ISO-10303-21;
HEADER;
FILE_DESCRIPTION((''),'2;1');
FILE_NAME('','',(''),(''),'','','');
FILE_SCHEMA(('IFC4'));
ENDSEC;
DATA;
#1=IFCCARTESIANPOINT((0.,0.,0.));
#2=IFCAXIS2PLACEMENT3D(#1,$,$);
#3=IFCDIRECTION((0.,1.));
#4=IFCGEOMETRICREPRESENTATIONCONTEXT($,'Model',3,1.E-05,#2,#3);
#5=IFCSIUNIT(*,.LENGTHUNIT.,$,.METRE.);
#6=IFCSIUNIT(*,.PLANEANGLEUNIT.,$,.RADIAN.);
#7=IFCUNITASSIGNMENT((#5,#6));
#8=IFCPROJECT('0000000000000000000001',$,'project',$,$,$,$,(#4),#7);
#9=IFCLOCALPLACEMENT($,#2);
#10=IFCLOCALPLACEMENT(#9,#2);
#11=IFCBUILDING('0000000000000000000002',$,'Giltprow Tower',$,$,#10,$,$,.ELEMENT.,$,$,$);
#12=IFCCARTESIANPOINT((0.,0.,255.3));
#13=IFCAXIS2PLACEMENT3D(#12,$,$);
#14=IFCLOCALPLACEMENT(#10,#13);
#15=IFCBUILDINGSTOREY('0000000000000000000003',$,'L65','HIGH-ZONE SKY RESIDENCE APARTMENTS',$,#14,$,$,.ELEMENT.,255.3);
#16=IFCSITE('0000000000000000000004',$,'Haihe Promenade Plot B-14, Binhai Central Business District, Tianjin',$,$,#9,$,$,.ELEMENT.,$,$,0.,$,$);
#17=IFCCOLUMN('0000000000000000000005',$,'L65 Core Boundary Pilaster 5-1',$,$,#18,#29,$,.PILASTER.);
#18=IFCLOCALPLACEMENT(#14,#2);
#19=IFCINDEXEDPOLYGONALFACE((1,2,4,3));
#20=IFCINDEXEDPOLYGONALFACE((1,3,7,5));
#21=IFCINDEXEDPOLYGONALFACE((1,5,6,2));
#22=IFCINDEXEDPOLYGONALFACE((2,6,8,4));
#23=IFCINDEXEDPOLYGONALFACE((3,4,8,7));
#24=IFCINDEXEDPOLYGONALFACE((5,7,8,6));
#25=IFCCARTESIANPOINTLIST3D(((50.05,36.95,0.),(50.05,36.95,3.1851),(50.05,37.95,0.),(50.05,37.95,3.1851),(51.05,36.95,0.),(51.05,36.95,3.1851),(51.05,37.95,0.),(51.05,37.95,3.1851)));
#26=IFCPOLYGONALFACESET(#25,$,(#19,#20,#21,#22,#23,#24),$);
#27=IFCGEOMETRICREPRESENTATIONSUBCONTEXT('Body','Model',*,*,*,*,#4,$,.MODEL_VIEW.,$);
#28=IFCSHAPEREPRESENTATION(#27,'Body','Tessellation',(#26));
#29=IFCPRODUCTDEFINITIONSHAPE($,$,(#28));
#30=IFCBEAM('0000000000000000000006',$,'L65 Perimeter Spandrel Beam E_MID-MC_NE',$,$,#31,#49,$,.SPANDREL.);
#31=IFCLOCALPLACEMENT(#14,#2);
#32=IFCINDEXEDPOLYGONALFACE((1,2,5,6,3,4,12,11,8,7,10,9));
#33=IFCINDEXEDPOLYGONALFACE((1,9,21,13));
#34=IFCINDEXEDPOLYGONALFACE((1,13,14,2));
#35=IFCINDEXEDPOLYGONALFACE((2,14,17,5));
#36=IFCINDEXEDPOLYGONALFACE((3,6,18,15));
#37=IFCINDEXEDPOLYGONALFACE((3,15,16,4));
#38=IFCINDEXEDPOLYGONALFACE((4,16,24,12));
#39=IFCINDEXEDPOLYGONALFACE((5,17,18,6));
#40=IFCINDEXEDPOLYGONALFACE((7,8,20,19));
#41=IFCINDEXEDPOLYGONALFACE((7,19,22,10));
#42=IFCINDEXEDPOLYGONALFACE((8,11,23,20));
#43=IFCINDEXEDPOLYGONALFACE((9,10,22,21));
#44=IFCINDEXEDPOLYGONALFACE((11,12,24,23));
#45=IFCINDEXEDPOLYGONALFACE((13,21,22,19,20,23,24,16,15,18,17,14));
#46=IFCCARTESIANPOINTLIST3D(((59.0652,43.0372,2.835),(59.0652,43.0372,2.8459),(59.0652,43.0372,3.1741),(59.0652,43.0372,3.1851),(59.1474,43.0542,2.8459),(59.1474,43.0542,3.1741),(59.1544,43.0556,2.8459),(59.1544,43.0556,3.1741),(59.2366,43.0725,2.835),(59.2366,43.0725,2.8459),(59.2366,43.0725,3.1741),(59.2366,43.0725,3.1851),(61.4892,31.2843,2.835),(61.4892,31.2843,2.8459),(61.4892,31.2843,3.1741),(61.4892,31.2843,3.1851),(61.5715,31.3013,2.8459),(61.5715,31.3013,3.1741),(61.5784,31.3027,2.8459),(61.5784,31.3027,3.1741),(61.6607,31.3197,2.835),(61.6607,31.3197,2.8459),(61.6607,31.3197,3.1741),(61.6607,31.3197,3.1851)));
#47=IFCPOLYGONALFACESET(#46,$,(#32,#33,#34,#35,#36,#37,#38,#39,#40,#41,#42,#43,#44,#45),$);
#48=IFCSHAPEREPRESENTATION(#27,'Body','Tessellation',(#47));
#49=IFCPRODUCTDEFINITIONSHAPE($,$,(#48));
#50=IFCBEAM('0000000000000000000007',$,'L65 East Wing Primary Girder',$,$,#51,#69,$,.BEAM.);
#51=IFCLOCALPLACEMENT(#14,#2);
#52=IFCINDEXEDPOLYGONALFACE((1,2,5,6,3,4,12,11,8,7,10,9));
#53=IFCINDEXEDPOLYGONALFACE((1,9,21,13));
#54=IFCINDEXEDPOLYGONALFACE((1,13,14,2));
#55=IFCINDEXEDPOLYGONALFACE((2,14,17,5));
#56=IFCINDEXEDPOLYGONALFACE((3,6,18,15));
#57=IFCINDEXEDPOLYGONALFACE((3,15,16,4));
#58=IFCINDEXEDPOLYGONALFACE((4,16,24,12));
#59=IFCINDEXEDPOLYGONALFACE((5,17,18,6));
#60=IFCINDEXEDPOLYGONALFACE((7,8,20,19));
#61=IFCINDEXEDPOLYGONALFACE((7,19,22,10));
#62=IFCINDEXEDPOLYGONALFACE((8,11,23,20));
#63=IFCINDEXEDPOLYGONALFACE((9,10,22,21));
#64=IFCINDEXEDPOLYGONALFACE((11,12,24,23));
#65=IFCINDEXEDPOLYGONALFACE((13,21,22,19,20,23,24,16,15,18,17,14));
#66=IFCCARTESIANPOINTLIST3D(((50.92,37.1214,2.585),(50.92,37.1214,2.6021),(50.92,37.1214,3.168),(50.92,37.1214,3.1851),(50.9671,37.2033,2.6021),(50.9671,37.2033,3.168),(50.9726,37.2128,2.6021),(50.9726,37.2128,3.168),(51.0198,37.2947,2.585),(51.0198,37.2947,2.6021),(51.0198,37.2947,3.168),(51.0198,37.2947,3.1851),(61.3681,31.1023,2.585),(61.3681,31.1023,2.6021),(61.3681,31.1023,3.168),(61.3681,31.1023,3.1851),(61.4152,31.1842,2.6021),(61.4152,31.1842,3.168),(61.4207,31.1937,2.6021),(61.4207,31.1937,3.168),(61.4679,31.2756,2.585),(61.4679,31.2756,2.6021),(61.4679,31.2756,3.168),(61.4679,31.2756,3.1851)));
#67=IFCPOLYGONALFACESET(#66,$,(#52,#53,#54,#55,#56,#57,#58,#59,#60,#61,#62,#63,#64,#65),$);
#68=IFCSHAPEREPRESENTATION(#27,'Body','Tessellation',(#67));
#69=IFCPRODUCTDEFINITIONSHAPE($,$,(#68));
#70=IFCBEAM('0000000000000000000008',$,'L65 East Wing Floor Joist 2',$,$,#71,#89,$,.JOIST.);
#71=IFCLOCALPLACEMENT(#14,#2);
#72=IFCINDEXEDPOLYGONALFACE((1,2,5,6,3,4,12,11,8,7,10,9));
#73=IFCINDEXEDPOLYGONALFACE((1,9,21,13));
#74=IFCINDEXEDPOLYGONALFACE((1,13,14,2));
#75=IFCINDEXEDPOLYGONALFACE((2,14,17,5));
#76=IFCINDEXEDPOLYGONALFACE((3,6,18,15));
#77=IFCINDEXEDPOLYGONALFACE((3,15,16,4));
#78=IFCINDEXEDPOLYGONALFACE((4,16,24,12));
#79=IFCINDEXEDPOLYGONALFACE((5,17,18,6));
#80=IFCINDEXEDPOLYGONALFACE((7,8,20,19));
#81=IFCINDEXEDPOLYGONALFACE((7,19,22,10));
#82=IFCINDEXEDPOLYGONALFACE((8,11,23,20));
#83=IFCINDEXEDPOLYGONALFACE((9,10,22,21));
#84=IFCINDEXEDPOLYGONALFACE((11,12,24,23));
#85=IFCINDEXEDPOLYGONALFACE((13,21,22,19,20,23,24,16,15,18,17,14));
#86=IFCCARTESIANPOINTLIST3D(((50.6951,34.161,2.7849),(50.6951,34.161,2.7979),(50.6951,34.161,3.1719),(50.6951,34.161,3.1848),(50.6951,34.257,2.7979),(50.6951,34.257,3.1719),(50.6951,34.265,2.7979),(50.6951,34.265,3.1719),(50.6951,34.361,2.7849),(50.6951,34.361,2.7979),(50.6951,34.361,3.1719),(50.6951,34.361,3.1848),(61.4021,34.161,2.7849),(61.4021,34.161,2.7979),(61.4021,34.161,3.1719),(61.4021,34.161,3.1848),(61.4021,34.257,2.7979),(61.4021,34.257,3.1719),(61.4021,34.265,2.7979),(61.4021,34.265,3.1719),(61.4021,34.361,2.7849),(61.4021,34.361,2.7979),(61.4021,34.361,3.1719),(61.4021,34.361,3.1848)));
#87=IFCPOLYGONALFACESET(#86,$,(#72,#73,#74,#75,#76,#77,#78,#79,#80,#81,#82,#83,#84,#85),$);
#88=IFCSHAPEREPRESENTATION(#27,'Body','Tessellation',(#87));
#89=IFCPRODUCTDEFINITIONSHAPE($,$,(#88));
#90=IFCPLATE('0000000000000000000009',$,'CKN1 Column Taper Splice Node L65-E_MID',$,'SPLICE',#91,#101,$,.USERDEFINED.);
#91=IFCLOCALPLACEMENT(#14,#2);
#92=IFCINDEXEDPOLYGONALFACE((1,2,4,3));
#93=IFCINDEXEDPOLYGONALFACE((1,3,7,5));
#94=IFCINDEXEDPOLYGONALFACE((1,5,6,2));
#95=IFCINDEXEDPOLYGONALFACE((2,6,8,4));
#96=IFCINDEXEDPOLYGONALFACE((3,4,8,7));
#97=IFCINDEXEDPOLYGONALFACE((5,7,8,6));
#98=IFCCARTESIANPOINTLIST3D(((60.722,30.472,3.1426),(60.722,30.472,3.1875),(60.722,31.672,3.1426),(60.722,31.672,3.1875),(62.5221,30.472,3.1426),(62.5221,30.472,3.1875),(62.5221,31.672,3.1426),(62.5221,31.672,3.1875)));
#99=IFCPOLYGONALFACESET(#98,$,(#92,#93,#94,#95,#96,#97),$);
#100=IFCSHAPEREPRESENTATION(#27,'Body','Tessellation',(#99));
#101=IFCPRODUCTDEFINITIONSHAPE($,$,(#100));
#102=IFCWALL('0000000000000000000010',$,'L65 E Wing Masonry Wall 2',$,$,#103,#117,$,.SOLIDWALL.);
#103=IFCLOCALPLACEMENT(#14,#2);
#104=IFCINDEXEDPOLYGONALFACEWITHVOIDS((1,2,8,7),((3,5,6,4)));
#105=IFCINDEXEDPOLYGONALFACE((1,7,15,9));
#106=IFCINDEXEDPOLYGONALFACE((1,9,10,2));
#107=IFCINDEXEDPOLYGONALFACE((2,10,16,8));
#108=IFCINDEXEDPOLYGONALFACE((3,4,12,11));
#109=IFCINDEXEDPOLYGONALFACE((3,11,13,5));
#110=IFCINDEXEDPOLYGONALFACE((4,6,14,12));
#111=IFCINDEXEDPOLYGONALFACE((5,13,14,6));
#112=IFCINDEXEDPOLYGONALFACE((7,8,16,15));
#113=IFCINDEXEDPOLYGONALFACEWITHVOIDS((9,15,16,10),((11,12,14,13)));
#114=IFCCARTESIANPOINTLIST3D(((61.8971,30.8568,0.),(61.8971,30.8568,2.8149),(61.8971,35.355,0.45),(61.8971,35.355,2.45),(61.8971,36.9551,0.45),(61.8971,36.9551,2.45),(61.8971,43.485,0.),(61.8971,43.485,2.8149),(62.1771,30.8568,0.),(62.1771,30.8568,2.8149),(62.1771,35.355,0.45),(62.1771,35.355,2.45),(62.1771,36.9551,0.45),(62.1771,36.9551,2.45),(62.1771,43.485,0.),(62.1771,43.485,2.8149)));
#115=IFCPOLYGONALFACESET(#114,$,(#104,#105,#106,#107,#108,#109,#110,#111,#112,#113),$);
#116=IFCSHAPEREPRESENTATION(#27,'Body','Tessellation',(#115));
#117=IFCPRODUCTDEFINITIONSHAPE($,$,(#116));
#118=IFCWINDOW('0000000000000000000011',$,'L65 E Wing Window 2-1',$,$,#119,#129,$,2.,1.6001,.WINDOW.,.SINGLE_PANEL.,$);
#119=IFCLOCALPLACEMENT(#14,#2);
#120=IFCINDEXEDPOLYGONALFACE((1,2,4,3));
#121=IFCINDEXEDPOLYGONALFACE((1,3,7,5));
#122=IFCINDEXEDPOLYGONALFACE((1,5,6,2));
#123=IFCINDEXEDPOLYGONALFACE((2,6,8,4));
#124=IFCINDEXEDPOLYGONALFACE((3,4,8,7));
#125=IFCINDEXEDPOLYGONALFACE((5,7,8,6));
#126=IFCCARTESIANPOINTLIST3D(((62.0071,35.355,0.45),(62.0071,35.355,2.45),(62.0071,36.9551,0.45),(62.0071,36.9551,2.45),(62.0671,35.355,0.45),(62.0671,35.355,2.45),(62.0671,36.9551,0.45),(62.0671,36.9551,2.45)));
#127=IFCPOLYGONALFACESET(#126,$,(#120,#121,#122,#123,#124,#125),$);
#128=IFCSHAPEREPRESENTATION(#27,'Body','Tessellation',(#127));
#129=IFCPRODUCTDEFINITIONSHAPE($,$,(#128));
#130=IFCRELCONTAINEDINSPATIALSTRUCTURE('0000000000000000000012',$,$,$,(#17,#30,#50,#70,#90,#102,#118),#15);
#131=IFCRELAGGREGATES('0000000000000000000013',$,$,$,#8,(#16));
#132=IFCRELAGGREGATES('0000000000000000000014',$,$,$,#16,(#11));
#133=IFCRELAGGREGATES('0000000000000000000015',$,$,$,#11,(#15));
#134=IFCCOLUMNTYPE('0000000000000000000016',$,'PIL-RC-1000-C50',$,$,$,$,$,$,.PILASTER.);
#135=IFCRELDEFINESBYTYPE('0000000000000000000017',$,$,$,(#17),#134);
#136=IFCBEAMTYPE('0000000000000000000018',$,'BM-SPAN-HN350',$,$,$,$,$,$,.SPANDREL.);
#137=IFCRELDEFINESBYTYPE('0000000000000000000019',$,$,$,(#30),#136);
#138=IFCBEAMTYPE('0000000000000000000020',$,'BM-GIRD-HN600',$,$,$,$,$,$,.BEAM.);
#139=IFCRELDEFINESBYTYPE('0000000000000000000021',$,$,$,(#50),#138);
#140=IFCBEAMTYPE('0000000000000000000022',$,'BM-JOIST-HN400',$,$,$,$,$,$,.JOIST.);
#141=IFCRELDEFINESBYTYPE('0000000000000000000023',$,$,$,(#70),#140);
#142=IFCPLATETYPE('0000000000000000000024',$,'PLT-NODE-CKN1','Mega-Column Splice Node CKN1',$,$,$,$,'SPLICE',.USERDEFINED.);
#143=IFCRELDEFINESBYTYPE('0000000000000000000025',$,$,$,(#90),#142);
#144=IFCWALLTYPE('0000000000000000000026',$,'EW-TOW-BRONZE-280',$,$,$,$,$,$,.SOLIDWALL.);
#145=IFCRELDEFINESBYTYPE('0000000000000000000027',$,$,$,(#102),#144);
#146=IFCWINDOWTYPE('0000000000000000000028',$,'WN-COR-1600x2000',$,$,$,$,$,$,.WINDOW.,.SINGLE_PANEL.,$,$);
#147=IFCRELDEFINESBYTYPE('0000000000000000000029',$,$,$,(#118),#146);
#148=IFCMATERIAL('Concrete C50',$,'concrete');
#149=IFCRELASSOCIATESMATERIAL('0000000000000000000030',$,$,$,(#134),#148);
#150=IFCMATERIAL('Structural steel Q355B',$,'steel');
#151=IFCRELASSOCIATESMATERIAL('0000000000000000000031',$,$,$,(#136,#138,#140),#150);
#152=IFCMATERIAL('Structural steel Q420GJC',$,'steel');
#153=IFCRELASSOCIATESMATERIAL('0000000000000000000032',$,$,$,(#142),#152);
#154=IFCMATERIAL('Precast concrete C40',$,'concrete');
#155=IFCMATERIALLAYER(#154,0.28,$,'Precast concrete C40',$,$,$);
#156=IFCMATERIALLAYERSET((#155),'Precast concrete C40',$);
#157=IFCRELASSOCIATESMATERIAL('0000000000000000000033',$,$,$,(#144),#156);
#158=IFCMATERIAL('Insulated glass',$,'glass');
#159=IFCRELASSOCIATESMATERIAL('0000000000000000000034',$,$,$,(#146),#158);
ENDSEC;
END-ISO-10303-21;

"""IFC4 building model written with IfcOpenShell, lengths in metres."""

from ifc_helpers import new_model, si_unit, direction, frame, frame_2d, origin, origin_2d, place, context, subcontext, project, spatial, rectangle, i_section, extrude, source, transform, mapped, material, layer, layer_set, material_profile, profile_set, type_object, element, fill, save


model = new_model("IFC4")

# Units and contexts
model_context = context("Model", 3, precision=1e-05, world=origin(), true_north=direction((0.0, 1.0)))
body_context = subcontext(model_context, "Body", "Model", "MODEL_VIEW")
ifc_project = project(units=[si_unit("LENGTHUNIT", "METRE"), si_unit("PLANEANGLEUNIT", "RADIAN")], contexts=[model_context])

# Site, building, storey
site_placement = place(None, origin())
site = spatial("IfcSite", under=ifc_project, at=site_placement, Name="Haihe Promenade Plot B-14, Binhai Central Business District, Tianjin", CompositionType="ELEMENT", RefElevation=0.0)
building_placement = place(site_placement, origin())
building = spatial("IfcBuilding", under=site, at=building_placement, Name="Giltprow Tower", CompositionType="ELEMENT")
storey_placement = place(building_placement, frame((0.0, 0.0, 255.3)))
storey = spatial("IfcBuildingStorey", under=building, at=storey_placement, Name="L65", Description="HIGH-ZONE SKY RESIDENCE APARTMENTS", CompositionType="ELEMENT", Elevation=255.3)

# Column
ifc_material_1 = material(Name="Concrete C50", Category="concrete")
ifc_material_profile_1 = material_profile(ifc_material_1, rectangle(XDim=1.0, YDim=1.0, at=origin_2d()), Name="RC 1000x1000")
ifc_profile_set_1 = profile_set([ifc_material_profile_1], Name="Concrete C50")
column_type = type_object("IfcColumnType", Name="PIL-RC-1000-C50", PredefinedType="PILASTER", material=ifc_profile_set_1)
shared_shape_1 = source(origin(), body_context, "Body", "SweptSolid", [
    extrude(rectangle(XDim=1.0, YDim=1.0, at=origin_2d()), origin(), (0.0, 0.0, 1.0), 3.1851),
])
column_placement = place(storey_placement, frame((50.55, 37.45, 0.0), z_axis=(0.0, 0.0, 1.0), x_axis=(1.0, 0.0, 0.0)))
element("IfcColumn", 1, at=column_placement, inside=storey, type_object=column_type, Name="L65 Core Boundary Pilaster 5-1", PredefinedType="PILASTER", context=body_context, shape_type="MappedRepresentation", body=[
    mapped(shared_shape_1, transform((0.0, 0.0, 0.0), x_axis=(1.0, 0.0, 0.0), y_axis=(0.0, 1.0, 0.0), z_axis=(0.0, 0.0, 1.0), scale=1.0)),
])

# Beams
ifc_material_2 = material(Name="Structural steel Q355B", Category="steel")
ifc_material_profile_2 = material_profile(ifc_material_2, i_section(OverallWidth=0.175, OverallDepth=0.3501, WebThickness=0.0071, FlangeThickness=0.011, at=origin_2d()), Name="HN 350x175x7x11")
ifc_profile_set_2 = profile_set([ifc_material_profile_2], Name="Structural steel Q355B")
beam_type_1 = type_object("IfcBeamType", Name="BM-SPAN-HN350", PredefinedType="SPANDREL", material=ifc_profile_set_2)
shared_shape_2 = source(origin(), body_context, "Body", "SweptSolid", [
    extrude(i_section(OverallWidth=0.175, OverallDepth=0.3501, WebThickness=0.0071, FlangeThickness=0.011, at=origin_2d()), origin(), (0.0, 0.0, 1.0), 12.0002),
])
beam_1_placement = place(storey_placement, frame((61.575, 31.302, 3.01), z_axis=(-0.202001, 0.979385, 0.0), x_axis=(-0.979385, -0.202001, 0.0)))
element("IfcBeam", 2, at=beam_1_placement, inside=storey, type_object=beam_type_1, Name="L65 Perimeter Spandrel Beam E_MID-MC_NE", PredefinedType="SPANDREL", context=body_context, shape_type="MappedRepresentation", body=[
    mapped(shared_shape_2, transform((0.0, 0.0, 0.0), x_axis=(1.0, 0.0, 0.0), y_axis=(0.0, 1.0, 0.0), z_axis=(0.0, 0.0, 1.0), scale=1.0)),
])
ifc_material_profile_3 = material_profile(ifc_material_2, i_section(OverallWidth=0.2, OverallDepth=0.6001, WebThickness=0.011, FlangeThickness=0.0171, at=origin_2d()), Name="HN 600x200x11x17")
ifc_profile_set_3 = profile_set([ifc_material_profile_3], Name="Structural steel Q355B")
beam_type_2 = type_object("IfcBeamType", Name="BM-GIRD-HN600", PredefinedType="BEAM", material=ifc_profile_set_3)
shared_shape_3 = source(origin(), body_context, "Body", "SweptSolid", [
    extrude(i_section(OverallWidth=0.2, OverallDepth=0.6001, WebThickness=0.011, FlangeThickness=0.0171, at=origin_2d()), origin(), (0.0, 0.0, 1.0), 12.0579),
])
beam_2_placement = place(storey_placement, frame((61.418, 31.189, 2.885), z_axis=(-0.866496, 0.499184, 0.0), x_axis=(-0.499184, -0.866496, 0.0)))
element("IfcBeam", 3, at=beam_2_placement, inside=storey, type_object=beam_type_2, Name="L65 East Wing Primary Girder", PredefinedType="BEAM", context=body_context, shape_type="MappedRepresentation", body=[
    mapped(shared_shape_3, transform((0.0, 0.0, 0.0), x_axis=(1.0, 0.0, 0.0), y_axis=(0.0, 1.0, 0.0), z_axis=(0.0, 0.0, 1.0), scale=1.0)),
])
ifc_material_profile_4 = material_profile(ifc_material_2, i_section(OverallWidth=0.2, OverallDepth=0.3999, WebThickness=0.0081, FlangeThickness=0.0129, at=origin_2d()), Name="HN 400x200x8x13")
ifc_profile_set_4 = profile_set([ifc_material_profile_4], Name="Structural steel Q355B")
beam_type_3 = type_object("IfcBeamType", Name="BM-JOIST-HN400", PredefinedType="JOIST", material=ifc_profile_set_4)
shared_shape_4 = source(origin(), body_context, "Body", "SweptSolid", [
    extrude(i_section(OverallWidth=0.2, OverallDepth=0.3999, WebThickness=0.0081, FlangeThickness=0.0129, at=origin_2d()), origin(), (0.0, 0.0, 1.0), 10.707),
])
beam_3_placement = place(storey_placement, frame((50.6951, 34.261, 2.9849), z_axis=(1.0, 0.0, 0.0), x_axis=(0.0, 1.0, 0.0)))
element("IfcBeam", 4, at=beam_3_placement, inside=storey, type_object=beam_type_3, Name="L65 East Wing Floor Joist 2", PredefinedType="JOIST", context=body_context, shape_type="MappedRepresentation", body=[
    mapped(shared_shape_4, transform((0.0, 0.0, 0.0), x_axis=(1.0, 0.0, 0.0), y_axis=(0.0, 1.0, 0.0), z_axis=(0.0, 0.0, 1.0), scale=1.0)),
])

# Plate
ifc_material_3 = material(Name="Structural steel Q420GJC", Category="steel")
plate_type = type_object("IfcPlateType", Name="PLT-NODE-CKN1", Description="Mega-Column Splice Node CKN1", ElementType="SPLICE", PredefinedType="USERDEFINED", material=ifc_material_3)
shared_shape_5 = source(origin(), body_context, "Body", "SweptSolid", [
    extrude(rectangle(XDim=1.8, YDim=1.2, at=origin_2d()), origin(), (0.0, 0.0, 1.0), 0.0449),
])
plate_placement = place(storey_placement, frame((61.6221, 31.072, 3.1426), z_axis=(0.0, 0.0, 1.0), x_axis=(1.0, 0.0, 0.0)))
element("IfcPlate", 5, at=plate_placement, inside=storey, type_object=plate_type, Name="CKN1 Column Taper Splice Node L65-E_MID", ObjectType="SPLICE", PredefinedType="USERDEFINED", context=body_context, shape_type="MappedRepresentation", body=[
    mapped(shared_shape_5, transform((0.0, 0.0, 0.0), x_axis=(1.0, 0.0, 0.0), y_axis=(0.0, 1.0, 0.0), z_axis=(0.0, 0.0, 1.0), scale=1.0)),
])

# Wall, opening, window
ifc_material_4 = material(Name="Precast concrete C40", Category="concrete")
ifc_layer_1 = layer(ifc_material_4, 0.28, Name="Precast concrete C40")
ifc_layer_set_1 = layer_set([ifc_layer_1], Name="Precast concrete C40")
wall_type_1 = type_object("IfcWallType", Name="EW-TOW-BRONZE-280", PredefinedType="SOLIDWALL", material=ifc_layer_set_1)
wall_1_placement = place(storey_placement, frame((62.0371, 30.8569, 0.0), z_axis=(0.0, 0.0, 1.0), x_axis=(0.0, 1.0, 0.0)))
wall_1 = element("IfcWall", 6, at=wall_1_placement, inside=storey, type_object=wall_type_1, Name="L65 E Wing Masonry Wall 2", PredefinedType="SOLIDWALL", context=body_context, shape_type="SweptSolid", body=[
    extrude(rectangle(XDim=12.6282, YDim=0.28, at=frame_2d((6.314, 0.0))), origin(), (0.0, 0.0, 1.0), 2.8149),
])
opening_1_placement = place(wall_1_placement, frame((4.498, 0.0, 0.45)))
opening_1 = element("IfcOpeningElement", 7, at=opening_1_placement, cuts=wall_1, PredefinedType="OPENING", context=body_context, shape_type="SweptSolid", body=[
    extrude(rectangle(XDim=1.6001, YDim=2.0, at=frame_2d((0.8, 1.0))), frame((0.0, 0.1499, 0.0), z_axis=(0.0, -1.0, 0.0), x_axis=(1.0, 0.0, 0.0)), (0.0, 0.0, 1.0), 0.3),
])
ifc_material_5 = material(Name="Insulated glass", Category="glass")
window_type = type_object("IfcWindowType", Name="WN-COR-1600x2000", PartitioningType="SINGLE_PANEL", PredefinedType="WINDOW", material=ifc_material_5)
shared_shape_6 = source(origin(), body_context, "Body", "SweptSolid", [
    extrude(rectangle(XDim=1.6001, YDim=2.0, at=frame_2d((0.8, 1.0))), frame((0.0, 0.03, 0.0), z_axis=(0.0, -1.0, 0.0), x_axis=(1.0, 0.0, 0.0)), (0.0, 0.0, 1.0), 0.0601),
])
window_placement = place(opening_1_placement, origin())
window = element("IfcWindow", 8, at=window_placement, inside=storey, type_object=window_type, Name="L65 E Wing Window 2-1", OverallHeight=2.0, OverallWidth=1.6001, PartitioningType="SINGLE_PANEL", PredefinedType="WINDOW", context=body_context, shape_type="MappedRepresentation", body=[
    mapped(shared_shape_6, transform((0.0, 0.0, 0.0), x_axis=(1.0, 0.0, 0.0), y_axis=(0.0, 1.0, 0.0), z_axis=(0.0, 0.0, 1.0), scale=1.0)),
])
fill(opening_1, window)

save(model, "model.ifc")
